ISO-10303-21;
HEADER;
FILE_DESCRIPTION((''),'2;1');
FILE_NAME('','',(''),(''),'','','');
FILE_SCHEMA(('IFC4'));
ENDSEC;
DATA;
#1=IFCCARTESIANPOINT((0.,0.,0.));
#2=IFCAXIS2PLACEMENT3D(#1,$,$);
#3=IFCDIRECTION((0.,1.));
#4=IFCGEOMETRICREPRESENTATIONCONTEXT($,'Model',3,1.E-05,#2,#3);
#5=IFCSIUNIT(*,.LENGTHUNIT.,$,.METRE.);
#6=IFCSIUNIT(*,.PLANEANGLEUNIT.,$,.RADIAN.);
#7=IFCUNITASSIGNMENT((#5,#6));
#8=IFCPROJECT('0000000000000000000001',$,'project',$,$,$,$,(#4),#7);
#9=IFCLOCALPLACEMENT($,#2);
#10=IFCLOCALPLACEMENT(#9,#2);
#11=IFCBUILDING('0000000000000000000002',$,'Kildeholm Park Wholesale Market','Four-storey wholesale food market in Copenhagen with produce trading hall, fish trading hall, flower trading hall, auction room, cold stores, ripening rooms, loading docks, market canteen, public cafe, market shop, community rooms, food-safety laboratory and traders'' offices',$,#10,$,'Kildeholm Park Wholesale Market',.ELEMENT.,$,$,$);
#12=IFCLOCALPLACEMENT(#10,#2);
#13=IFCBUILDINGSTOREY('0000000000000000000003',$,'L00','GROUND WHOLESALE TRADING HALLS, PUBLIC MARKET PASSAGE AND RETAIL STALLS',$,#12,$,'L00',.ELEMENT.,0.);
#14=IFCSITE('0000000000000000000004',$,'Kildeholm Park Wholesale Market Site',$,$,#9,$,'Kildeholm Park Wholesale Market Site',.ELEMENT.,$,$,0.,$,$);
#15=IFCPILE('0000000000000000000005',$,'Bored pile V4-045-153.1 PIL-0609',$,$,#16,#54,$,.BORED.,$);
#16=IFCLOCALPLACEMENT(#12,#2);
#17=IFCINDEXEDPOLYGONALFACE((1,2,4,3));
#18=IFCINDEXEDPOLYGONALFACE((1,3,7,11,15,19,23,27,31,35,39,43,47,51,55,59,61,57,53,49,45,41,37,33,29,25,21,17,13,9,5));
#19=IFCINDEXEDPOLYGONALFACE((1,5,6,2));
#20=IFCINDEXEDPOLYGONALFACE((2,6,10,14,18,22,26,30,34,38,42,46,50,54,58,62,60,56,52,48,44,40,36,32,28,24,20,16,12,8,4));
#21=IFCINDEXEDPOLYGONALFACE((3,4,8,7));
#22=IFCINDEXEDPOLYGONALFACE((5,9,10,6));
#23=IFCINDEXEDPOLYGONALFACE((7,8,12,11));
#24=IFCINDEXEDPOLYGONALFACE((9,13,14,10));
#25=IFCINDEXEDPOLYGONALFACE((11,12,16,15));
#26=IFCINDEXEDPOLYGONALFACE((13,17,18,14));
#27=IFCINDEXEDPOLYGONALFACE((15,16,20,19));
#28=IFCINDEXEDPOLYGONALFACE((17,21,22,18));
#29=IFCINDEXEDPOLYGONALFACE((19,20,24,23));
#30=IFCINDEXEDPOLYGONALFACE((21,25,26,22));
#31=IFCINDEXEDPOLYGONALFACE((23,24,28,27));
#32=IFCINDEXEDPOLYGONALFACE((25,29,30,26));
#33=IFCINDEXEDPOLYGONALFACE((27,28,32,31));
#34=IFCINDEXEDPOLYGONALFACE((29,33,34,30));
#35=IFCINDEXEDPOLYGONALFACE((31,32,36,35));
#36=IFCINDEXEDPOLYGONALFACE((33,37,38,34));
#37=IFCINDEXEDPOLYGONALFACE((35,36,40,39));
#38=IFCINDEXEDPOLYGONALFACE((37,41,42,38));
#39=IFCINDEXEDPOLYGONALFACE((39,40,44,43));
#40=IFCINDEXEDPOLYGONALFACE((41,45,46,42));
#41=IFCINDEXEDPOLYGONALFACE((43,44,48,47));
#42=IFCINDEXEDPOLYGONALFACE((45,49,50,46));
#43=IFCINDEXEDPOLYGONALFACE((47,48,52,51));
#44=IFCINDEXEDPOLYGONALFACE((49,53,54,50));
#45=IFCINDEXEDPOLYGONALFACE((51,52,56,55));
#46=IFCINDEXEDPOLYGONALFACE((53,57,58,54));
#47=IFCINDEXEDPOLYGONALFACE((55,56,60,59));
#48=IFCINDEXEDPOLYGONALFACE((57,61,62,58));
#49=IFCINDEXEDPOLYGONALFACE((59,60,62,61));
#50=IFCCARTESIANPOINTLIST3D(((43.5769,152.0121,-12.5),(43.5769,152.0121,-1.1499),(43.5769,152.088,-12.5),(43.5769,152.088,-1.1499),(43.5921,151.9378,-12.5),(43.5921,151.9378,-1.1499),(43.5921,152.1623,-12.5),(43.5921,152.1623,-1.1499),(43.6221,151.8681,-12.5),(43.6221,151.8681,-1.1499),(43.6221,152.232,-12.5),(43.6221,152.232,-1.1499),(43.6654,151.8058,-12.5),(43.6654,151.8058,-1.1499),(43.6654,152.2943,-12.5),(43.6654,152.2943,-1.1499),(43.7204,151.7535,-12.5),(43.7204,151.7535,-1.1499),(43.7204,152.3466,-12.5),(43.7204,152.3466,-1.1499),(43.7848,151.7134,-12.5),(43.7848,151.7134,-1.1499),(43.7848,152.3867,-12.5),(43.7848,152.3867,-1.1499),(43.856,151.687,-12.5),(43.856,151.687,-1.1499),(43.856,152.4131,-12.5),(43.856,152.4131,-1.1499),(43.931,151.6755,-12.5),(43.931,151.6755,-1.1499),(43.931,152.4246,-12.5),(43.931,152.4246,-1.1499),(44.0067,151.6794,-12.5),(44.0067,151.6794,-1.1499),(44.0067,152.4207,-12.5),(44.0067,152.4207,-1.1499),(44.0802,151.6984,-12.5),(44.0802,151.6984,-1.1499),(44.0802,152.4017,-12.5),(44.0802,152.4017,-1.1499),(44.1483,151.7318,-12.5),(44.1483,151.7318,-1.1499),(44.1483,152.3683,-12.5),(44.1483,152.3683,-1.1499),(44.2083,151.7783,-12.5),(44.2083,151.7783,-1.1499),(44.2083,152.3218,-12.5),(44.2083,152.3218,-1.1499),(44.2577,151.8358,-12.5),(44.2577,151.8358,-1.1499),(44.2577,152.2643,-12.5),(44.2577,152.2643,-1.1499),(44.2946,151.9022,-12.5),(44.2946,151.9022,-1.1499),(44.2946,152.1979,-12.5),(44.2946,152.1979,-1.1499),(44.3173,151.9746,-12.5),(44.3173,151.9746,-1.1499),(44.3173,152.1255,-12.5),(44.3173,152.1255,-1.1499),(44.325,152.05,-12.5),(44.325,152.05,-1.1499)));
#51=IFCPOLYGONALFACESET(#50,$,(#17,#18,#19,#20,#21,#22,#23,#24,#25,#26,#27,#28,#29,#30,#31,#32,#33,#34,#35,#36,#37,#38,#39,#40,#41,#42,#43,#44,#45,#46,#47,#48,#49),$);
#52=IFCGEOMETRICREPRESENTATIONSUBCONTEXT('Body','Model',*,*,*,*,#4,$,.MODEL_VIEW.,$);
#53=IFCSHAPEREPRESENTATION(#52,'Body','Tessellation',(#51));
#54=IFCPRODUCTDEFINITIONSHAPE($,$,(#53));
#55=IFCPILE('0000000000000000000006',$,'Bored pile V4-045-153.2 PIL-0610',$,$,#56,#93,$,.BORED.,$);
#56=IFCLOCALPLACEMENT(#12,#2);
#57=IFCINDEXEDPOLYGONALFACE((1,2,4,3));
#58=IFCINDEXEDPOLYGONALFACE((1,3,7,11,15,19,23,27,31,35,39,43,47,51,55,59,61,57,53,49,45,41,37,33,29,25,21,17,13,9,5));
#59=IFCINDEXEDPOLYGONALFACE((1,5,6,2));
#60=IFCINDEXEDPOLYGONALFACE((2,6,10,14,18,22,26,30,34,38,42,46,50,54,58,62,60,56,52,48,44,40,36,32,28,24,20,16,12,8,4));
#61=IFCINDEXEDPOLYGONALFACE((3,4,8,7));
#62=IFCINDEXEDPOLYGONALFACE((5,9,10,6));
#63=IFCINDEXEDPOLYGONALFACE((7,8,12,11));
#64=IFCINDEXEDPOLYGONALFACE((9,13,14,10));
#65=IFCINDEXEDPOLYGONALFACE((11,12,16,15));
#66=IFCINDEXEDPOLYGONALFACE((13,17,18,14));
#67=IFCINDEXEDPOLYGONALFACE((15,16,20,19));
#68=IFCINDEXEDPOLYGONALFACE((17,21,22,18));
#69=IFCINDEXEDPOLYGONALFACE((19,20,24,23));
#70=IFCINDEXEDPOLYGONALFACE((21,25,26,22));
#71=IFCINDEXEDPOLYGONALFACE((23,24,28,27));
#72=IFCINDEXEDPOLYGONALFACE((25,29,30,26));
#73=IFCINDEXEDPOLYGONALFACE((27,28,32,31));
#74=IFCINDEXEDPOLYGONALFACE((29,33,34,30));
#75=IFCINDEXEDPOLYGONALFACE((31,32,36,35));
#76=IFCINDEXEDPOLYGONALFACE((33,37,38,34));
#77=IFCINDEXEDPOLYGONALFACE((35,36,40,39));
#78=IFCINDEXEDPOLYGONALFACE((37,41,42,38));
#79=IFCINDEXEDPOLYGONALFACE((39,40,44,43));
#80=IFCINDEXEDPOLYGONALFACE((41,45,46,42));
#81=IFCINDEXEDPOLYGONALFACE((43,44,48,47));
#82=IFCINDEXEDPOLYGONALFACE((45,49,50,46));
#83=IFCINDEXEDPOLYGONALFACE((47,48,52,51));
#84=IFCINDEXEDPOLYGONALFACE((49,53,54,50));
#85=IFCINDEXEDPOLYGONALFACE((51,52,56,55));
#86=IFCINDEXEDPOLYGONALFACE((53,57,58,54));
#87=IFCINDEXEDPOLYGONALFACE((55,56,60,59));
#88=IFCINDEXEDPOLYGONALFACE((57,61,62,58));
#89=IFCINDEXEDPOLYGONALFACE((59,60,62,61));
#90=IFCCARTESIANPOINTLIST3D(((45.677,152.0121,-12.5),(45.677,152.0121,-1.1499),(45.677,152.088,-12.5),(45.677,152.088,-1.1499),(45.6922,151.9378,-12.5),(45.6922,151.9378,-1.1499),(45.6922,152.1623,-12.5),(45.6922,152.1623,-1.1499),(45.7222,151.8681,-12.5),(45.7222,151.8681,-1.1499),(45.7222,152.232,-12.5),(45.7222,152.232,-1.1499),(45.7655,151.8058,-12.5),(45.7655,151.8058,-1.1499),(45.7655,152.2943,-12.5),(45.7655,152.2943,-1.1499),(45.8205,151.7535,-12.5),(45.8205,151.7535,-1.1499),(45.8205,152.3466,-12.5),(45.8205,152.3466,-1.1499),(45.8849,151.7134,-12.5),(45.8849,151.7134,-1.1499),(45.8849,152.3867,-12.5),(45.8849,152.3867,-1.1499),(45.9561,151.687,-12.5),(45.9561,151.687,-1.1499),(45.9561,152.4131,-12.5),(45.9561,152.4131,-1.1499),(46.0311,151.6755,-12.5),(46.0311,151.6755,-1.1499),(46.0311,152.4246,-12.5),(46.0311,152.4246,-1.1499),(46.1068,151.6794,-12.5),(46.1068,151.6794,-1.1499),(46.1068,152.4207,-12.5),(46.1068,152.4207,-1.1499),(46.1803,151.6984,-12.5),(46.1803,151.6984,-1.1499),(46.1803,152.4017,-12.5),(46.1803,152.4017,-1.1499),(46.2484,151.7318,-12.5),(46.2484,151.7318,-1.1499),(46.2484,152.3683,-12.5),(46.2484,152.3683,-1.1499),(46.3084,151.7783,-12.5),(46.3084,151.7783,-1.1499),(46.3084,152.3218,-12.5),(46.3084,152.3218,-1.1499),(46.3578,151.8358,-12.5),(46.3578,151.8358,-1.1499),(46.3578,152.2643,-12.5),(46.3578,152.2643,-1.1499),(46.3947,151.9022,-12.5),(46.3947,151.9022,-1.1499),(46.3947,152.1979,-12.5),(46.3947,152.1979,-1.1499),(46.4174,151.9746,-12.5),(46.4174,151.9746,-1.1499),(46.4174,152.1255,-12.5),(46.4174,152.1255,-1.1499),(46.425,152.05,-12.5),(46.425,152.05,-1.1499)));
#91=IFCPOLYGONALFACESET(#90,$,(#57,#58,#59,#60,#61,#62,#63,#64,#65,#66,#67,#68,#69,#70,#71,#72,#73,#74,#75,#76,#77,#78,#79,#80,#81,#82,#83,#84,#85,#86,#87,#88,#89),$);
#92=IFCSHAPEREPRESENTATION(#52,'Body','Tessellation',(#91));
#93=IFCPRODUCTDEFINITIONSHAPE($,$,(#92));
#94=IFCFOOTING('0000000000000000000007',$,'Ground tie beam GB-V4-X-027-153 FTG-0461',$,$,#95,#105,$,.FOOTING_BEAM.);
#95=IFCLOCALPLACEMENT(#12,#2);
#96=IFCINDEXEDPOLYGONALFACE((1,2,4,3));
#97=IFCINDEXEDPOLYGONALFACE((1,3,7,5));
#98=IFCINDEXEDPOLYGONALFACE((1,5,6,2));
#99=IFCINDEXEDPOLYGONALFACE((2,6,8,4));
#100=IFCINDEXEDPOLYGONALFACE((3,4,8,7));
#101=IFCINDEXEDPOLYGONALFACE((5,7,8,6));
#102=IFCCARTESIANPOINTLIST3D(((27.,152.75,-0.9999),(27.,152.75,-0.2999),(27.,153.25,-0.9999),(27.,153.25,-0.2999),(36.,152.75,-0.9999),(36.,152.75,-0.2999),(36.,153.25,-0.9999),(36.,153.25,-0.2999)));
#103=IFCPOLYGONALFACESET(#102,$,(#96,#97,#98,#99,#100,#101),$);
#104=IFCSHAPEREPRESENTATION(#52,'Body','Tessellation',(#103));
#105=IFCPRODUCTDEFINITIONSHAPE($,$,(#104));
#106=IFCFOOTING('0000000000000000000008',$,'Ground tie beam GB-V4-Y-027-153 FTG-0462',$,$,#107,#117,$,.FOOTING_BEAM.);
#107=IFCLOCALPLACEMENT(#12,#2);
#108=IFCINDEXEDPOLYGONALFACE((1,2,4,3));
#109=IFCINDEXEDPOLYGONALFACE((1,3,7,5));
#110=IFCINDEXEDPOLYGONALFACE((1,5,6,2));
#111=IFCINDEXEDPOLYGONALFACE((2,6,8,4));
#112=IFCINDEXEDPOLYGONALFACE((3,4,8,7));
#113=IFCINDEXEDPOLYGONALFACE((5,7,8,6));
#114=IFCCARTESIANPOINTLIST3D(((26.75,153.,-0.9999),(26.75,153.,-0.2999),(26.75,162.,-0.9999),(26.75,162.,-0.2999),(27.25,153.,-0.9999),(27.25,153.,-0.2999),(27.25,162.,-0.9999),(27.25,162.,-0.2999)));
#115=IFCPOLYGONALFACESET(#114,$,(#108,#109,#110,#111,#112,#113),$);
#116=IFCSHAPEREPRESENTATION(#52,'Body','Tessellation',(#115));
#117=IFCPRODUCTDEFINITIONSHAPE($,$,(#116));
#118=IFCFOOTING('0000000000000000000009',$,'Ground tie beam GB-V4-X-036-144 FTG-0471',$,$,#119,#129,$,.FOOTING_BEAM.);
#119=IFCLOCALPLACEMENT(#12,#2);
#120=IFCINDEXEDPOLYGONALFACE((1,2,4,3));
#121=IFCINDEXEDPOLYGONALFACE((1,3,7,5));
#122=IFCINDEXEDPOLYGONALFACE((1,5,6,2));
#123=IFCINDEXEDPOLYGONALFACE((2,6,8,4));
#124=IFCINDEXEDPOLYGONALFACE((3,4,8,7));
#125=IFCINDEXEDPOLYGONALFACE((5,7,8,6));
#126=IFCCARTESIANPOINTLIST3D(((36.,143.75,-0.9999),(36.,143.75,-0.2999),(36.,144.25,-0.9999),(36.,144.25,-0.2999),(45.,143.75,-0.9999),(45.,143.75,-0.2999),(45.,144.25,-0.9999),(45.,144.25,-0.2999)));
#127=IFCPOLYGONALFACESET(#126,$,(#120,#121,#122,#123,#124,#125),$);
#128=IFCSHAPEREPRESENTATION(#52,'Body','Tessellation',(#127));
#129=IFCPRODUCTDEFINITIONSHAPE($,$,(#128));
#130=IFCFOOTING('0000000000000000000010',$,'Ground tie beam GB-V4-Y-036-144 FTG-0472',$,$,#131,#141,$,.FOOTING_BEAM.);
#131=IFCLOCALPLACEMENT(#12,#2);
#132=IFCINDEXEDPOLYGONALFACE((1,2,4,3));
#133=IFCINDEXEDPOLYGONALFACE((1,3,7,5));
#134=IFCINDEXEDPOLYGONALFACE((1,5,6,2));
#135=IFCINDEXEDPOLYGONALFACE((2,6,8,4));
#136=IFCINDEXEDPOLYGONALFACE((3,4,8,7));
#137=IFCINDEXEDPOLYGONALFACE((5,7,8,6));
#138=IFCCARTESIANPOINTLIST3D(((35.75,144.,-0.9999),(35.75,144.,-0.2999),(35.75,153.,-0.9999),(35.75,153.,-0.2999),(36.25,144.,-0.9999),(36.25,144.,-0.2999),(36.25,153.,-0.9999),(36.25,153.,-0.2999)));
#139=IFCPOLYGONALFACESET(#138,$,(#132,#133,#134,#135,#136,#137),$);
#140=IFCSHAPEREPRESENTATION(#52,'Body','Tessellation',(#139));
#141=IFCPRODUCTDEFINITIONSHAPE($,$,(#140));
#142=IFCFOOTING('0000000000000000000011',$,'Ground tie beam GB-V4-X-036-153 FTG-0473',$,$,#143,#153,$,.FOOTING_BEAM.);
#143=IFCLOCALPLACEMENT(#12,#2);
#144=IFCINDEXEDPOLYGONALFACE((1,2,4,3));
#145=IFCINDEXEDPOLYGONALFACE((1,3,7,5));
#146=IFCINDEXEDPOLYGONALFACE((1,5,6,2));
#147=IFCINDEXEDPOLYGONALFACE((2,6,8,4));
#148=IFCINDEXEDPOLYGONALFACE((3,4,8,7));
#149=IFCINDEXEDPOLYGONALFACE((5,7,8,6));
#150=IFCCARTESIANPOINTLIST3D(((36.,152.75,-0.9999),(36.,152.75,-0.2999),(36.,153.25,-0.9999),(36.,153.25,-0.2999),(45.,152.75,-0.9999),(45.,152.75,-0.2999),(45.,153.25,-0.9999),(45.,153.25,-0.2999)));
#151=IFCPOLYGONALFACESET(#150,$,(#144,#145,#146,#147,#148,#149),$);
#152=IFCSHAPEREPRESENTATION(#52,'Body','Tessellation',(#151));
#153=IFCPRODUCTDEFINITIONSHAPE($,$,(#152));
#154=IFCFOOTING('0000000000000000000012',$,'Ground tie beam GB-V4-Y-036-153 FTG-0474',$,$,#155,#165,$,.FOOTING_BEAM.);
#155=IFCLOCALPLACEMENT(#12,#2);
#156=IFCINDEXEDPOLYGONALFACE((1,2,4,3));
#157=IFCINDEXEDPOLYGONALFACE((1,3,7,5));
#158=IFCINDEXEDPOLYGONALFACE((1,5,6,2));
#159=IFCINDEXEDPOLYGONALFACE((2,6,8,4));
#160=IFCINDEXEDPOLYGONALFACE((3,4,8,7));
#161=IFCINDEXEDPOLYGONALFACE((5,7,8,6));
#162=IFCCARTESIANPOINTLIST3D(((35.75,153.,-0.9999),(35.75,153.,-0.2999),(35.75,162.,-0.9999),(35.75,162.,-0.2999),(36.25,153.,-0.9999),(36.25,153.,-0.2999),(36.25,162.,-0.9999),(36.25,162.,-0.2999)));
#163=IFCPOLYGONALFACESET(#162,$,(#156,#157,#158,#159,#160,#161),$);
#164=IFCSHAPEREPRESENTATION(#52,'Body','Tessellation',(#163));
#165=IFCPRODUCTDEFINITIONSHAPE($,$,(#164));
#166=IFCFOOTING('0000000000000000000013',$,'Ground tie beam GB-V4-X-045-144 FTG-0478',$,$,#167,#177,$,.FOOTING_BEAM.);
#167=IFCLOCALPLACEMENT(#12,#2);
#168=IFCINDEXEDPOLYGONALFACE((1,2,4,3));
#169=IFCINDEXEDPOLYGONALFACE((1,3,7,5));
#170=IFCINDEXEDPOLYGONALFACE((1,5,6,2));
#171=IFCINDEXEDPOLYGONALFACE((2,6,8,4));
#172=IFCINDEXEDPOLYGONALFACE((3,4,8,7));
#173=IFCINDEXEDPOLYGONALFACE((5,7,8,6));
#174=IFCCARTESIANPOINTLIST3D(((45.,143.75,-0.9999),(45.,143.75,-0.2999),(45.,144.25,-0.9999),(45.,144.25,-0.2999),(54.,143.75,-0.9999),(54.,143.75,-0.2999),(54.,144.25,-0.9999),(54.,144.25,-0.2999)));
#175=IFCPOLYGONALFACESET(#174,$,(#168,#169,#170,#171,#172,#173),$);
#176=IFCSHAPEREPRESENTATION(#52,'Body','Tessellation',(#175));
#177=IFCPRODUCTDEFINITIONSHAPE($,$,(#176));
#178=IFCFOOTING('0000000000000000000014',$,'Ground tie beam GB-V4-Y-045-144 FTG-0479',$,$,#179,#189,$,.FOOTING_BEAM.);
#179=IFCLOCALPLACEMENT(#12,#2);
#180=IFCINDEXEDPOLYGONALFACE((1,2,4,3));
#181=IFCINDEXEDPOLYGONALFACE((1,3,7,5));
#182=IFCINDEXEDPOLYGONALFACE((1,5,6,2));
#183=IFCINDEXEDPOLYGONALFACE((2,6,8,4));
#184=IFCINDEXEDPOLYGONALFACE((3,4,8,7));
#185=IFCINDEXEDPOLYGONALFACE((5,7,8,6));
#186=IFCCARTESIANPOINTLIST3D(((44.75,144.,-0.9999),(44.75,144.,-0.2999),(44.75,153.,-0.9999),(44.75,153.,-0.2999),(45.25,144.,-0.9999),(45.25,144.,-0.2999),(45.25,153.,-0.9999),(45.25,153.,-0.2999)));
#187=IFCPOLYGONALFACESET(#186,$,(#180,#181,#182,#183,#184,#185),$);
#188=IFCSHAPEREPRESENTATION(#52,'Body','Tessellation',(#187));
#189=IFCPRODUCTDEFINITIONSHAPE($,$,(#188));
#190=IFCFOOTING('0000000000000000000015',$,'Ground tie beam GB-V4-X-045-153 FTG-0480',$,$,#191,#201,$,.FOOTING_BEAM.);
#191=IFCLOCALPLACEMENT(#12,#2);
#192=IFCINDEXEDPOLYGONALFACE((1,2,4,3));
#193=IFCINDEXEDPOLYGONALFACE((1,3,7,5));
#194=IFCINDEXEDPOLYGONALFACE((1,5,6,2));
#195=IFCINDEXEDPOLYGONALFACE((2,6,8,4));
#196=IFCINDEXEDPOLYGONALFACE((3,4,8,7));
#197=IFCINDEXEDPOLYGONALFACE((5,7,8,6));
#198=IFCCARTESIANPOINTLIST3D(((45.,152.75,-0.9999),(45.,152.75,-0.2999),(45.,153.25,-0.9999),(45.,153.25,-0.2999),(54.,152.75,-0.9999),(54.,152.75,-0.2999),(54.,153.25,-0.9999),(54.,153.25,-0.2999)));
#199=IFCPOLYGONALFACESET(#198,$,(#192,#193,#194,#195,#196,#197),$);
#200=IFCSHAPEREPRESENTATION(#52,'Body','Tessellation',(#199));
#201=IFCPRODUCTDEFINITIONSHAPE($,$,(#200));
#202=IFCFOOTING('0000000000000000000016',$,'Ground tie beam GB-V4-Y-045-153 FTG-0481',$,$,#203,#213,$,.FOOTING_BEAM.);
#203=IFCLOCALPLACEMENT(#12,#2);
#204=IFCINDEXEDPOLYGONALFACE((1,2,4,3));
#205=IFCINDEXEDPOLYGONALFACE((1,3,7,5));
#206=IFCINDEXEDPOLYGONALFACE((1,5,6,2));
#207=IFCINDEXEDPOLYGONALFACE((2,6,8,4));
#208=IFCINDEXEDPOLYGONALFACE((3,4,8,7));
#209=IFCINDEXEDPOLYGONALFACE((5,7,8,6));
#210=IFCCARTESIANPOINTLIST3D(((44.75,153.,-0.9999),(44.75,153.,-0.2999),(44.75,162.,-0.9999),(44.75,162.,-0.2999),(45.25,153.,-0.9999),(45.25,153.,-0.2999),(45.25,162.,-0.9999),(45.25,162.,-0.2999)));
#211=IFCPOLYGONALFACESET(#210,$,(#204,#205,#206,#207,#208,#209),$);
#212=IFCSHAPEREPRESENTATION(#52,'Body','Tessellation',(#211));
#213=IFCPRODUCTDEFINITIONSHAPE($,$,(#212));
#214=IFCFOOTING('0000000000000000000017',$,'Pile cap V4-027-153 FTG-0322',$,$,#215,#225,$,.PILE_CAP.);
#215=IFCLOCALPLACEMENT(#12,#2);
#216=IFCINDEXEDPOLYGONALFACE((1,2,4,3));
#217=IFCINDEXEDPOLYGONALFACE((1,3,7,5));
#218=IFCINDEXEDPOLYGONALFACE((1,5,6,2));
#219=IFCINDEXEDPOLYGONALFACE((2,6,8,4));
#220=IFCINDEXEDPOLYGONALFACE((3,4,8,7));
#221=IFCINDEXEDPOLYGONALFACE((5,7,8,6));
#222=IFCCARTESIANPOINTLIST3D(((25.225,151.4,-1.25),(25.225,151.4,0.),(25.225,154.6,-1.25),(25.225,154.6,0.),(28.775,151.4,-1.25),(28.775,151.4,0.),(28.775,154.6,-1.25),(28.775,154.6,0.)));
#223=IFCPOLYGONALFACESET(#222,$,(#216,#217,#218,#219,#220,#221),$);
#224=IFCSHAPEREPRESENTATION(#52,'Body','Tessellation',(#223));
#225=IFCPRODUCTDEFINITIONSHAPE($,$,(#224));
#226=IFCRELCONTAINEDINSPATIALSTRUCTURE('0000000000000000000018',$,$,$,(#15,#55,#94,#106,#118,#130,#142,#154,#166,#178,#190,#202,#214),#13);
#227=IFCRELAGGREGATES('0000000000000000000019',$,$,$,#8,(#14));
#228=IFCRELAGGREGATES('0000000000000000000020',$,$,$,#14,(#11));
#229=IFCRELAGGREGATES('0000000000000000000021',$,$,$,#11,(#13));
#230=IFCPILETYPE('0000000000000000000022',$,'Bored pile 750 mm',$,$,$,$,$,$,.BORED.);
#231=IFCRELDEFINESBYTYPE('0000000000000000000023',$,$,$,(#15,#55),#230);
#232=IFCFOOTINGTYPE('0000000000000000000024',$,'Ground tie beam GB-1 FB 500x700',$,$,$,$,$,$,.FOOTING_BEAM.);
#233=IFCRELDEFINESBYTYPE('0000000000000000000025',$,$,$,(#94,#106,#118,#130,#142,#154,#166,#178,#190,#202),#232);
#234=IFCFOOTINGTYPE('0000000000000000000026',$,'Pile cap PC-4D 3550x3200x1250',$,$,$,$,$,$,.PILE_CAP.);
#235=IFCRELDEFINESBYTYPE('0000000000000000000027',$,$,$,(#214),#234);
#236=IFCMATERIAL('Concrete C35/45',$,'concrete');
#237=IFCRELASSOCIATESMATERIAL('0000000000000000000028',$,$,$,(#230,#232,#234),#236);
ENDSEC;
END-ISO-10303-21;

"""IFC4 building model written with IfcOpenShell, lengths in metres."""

from ifc_helpers import new_model, si_unit, direction, frame, origin, origin_2d, place, context, subcontext, project, spatial, rectangle, circle, extrude, material, material_profile, profile_set, type_object, element, save


model = new_model("IFC4")

# Units and contexts
model_context = context("Model", 3, precision=1e-05, world=origin(), true_north=direction((0.0, 1.0)))
body_context = subcontext(model_context, "Body", "Model", "MODEL_VIEW")
ifc_project = project(units=[si_unit("LENGTHUNIT", "METRE"), si_unit("PLANEANGLEUNIT", "RADIAN")], contexts=[model_context])

# Site, building, storey
site_placement = place(None, origin())
site = spatial("IfcSite", under=ifc_project, at=site_placement, Name="Kildeholm Park Wholesale Market Site", LongName="Kildeholm Park Wholesale Market Site", CompositionType="ELEMENT", RefElevation=0.0)
building_placement = place(site_placement, origin())
building = spatial("IfcBuilding", under=site, at=building_placement, Name="Kildeholm Park Wholesale Market", Description="Four-storey wholesale food market in Copenhagen with produce trading hall, fish trading hall, flower trading hall, auction room, cold stores, ripening rooms, loading docks, market canteen, public cafe, market shop, community rooms, food-safety laboratory and traders' offices", LongName="Kildeholm Park Wholesale Market", CompositionType="ELEMENT")
storey_placement = place(building_placement, origin())
storey = spatial("IfcBuildingStorey", under=building, at=storey_placement, Name="L00", Description="GROUND WHOLESALE TRADING HALLS, PUBLIC MARKET PASSAGE AND RETAIL STALLS", LongName="L00", CompositionType="ELEMENT", Elevation=0.0)

# Piles
ifc_material_1 = material(Name="Concrete C35/45", Category="concrete")
ifc_material_profile_1 = material_profile(ifc_material_1, circle(Radius=0.375, at=origin_2d()), Name="PILE D750")
ifc_profile_set_1 = profile_set([ifc_material_profile_1], Name="Concrete C35/45")
pile_type = type_object("IfcPileType", Name="Bored pile 750 mm", PredefinedType="BORED", material=ifc_profile_set_1)
for number, where, z_axis, x_axis, name in (
    (1, (43.95, 152.05, -1.1499), (0.0, 0.0, -1.0), (1.0, 0.0, 0.0), "Bored pile V4-045-153.1 PIL-0609"),
    (2, (46.05, 152.05, -1.1499), (0.0, 0.0, -1.0), (1.0, 0.0, 0.0), "Bored pile V4-045-153.2 PIL-0610"),
):
    element("IfcPile", number, at=place(storey_placement, frame(where, z_axis=z_axis, x_axis=x_axis)), inside=storey, type_object=pile_type, Name=name, PredefinedType="BORED", context=body_context, shape_type="SweptSolid", body=[
        extrude(circle(Radius=0.375, at=origin_2d()), origin(), (0.0, 0.0, 1.0), 11.3501),
    ])

# Footings
ifc_material_profile_2 = material_profile(ifc_material_1, rectangle(XDim=0.5, YDim=0.7, at=origin_2d()), Name="FB 500x700")
ifc_profile_set_2 = profile_set([ifc_material_profile_2], Name="Concrete C35/45")
footing_type_1 = type_object("IfcFootingType", Name="Ground tie beam GB-1 FB 500x700", PredefinedType="FOOTING_BEAM", material=ifc_profile_set_2)
for number, where, z_axis, x_axis, name in (
    (3, (27.0, 153.0, -0.6499), (1.0, 0.0, 0.0), (0.0, 1.0, 0.0), "Ground tie beam GB-V4-X-027-153 FTG-0461"),
    (4, (27.0, 153.0, -0.6499), (0.0, 1.0, 0.0), (-1.0, 0.0, 0.0), "Ground tie beam GB-V4-Y-027-153 FTG-0462"),
    (5, (36.0, 144.0, -0.6499), (1.0, 0.0, 0.0), (0.0, 1.0, 0.0), "Ground tie beam GB-V4-X-036-144 FTG-0471"),
    (6, (36.0, 144.0, -0.6499), (0.0, 1.0, 0.0), (-1.0, 0.0, 0.0), "Ground tie beam GB-V4-Y-036-144 FTG-0472"),
    (7, (36.0, 153.0, -0.6499), (1.0, 0.0, 0.0), (0.0, 1.0, 0.0), "Ground tie beam GB-V4-X-036-153 FTG-0473"),
    (8, (36.0, 153.0, -0.6499), (0.0, 1.0, 0.0), (-1.0, 0.0, 0.0), "Ground tie beam GB-V4-Y-036-153 FTG-0474"),
    (9, (45.0, 144.0, -0.6499), (1.0, 0.0, 0.0), (0.0, 1.0, 0.0), "Ground tie beam GB-V4-X-045-144 FTG-0478"),
    (10, (45.0, 144.0, -0.6499), (0.0, 1.0, 0.0), (-1.0, 0.0, 0.0), "Ground tie beam GB-V4-Y-045-144 FTG-0479"),
    (11, (45.0, 153.0, -0.6499), (1.0, 0.0, 0.0), (0.0, 1.0, 0.0), "Ground tie beam GB-V4-X-045-153 FTG-0480"),
    (12, (45.0, 153.0, -0.6499), (0.0, 1.0, 0.0), (-1.0, 0.0, 0.0), "Ground tie beam GB-V4-Y-045-153 FTG-0481"),
):
    element("IfcFooting", number, at=place(storey_placement, frame(where, z_axis=z_axis, x_axis=x_axis)), inside=storey, type_object=footing_type_1, Name=name, PredefinedType="FOOTING_BEAM", context=body_context, shape_type="SweptSolid", body=[
        extrude(rectangle(XDim=0.5, YDim=0.7, at=origin_2d()), origin(), (0.0, 0.0, 1.0), 9.0),
    ])
footing_type_2 = type_object("IfcFootingType", Name="Pile cap PC-4D 3550x3200x1250", PredefinedType="PILE_CAP", material=ifc_material_1)
for number, where, z_axis, x_axis, name in (
    (13, (27.0, 153.0, -1.25), (0.0, 0.0, 1.0), (1.0, 0.0, 0.0), "Pile cap V4-027-153 FTG-0322"),
):
    element("IfcFooting", number, at=place(storey_placement, frame(where, z_axis=z_axis, x_axis=x_axis)), inside=storey, type_object=footing_type_2, Name=name, PredefinedType="PILE_CAP", context=body_context, shape_type="SweptSolid", body=[
        extrude(rectangle(XDim=3.55, YDim=3.2, at=origin_2d()), origin(), (0.0, 0.0, 1.0), 1.25),
    ])

save(model, "model.ifc")
